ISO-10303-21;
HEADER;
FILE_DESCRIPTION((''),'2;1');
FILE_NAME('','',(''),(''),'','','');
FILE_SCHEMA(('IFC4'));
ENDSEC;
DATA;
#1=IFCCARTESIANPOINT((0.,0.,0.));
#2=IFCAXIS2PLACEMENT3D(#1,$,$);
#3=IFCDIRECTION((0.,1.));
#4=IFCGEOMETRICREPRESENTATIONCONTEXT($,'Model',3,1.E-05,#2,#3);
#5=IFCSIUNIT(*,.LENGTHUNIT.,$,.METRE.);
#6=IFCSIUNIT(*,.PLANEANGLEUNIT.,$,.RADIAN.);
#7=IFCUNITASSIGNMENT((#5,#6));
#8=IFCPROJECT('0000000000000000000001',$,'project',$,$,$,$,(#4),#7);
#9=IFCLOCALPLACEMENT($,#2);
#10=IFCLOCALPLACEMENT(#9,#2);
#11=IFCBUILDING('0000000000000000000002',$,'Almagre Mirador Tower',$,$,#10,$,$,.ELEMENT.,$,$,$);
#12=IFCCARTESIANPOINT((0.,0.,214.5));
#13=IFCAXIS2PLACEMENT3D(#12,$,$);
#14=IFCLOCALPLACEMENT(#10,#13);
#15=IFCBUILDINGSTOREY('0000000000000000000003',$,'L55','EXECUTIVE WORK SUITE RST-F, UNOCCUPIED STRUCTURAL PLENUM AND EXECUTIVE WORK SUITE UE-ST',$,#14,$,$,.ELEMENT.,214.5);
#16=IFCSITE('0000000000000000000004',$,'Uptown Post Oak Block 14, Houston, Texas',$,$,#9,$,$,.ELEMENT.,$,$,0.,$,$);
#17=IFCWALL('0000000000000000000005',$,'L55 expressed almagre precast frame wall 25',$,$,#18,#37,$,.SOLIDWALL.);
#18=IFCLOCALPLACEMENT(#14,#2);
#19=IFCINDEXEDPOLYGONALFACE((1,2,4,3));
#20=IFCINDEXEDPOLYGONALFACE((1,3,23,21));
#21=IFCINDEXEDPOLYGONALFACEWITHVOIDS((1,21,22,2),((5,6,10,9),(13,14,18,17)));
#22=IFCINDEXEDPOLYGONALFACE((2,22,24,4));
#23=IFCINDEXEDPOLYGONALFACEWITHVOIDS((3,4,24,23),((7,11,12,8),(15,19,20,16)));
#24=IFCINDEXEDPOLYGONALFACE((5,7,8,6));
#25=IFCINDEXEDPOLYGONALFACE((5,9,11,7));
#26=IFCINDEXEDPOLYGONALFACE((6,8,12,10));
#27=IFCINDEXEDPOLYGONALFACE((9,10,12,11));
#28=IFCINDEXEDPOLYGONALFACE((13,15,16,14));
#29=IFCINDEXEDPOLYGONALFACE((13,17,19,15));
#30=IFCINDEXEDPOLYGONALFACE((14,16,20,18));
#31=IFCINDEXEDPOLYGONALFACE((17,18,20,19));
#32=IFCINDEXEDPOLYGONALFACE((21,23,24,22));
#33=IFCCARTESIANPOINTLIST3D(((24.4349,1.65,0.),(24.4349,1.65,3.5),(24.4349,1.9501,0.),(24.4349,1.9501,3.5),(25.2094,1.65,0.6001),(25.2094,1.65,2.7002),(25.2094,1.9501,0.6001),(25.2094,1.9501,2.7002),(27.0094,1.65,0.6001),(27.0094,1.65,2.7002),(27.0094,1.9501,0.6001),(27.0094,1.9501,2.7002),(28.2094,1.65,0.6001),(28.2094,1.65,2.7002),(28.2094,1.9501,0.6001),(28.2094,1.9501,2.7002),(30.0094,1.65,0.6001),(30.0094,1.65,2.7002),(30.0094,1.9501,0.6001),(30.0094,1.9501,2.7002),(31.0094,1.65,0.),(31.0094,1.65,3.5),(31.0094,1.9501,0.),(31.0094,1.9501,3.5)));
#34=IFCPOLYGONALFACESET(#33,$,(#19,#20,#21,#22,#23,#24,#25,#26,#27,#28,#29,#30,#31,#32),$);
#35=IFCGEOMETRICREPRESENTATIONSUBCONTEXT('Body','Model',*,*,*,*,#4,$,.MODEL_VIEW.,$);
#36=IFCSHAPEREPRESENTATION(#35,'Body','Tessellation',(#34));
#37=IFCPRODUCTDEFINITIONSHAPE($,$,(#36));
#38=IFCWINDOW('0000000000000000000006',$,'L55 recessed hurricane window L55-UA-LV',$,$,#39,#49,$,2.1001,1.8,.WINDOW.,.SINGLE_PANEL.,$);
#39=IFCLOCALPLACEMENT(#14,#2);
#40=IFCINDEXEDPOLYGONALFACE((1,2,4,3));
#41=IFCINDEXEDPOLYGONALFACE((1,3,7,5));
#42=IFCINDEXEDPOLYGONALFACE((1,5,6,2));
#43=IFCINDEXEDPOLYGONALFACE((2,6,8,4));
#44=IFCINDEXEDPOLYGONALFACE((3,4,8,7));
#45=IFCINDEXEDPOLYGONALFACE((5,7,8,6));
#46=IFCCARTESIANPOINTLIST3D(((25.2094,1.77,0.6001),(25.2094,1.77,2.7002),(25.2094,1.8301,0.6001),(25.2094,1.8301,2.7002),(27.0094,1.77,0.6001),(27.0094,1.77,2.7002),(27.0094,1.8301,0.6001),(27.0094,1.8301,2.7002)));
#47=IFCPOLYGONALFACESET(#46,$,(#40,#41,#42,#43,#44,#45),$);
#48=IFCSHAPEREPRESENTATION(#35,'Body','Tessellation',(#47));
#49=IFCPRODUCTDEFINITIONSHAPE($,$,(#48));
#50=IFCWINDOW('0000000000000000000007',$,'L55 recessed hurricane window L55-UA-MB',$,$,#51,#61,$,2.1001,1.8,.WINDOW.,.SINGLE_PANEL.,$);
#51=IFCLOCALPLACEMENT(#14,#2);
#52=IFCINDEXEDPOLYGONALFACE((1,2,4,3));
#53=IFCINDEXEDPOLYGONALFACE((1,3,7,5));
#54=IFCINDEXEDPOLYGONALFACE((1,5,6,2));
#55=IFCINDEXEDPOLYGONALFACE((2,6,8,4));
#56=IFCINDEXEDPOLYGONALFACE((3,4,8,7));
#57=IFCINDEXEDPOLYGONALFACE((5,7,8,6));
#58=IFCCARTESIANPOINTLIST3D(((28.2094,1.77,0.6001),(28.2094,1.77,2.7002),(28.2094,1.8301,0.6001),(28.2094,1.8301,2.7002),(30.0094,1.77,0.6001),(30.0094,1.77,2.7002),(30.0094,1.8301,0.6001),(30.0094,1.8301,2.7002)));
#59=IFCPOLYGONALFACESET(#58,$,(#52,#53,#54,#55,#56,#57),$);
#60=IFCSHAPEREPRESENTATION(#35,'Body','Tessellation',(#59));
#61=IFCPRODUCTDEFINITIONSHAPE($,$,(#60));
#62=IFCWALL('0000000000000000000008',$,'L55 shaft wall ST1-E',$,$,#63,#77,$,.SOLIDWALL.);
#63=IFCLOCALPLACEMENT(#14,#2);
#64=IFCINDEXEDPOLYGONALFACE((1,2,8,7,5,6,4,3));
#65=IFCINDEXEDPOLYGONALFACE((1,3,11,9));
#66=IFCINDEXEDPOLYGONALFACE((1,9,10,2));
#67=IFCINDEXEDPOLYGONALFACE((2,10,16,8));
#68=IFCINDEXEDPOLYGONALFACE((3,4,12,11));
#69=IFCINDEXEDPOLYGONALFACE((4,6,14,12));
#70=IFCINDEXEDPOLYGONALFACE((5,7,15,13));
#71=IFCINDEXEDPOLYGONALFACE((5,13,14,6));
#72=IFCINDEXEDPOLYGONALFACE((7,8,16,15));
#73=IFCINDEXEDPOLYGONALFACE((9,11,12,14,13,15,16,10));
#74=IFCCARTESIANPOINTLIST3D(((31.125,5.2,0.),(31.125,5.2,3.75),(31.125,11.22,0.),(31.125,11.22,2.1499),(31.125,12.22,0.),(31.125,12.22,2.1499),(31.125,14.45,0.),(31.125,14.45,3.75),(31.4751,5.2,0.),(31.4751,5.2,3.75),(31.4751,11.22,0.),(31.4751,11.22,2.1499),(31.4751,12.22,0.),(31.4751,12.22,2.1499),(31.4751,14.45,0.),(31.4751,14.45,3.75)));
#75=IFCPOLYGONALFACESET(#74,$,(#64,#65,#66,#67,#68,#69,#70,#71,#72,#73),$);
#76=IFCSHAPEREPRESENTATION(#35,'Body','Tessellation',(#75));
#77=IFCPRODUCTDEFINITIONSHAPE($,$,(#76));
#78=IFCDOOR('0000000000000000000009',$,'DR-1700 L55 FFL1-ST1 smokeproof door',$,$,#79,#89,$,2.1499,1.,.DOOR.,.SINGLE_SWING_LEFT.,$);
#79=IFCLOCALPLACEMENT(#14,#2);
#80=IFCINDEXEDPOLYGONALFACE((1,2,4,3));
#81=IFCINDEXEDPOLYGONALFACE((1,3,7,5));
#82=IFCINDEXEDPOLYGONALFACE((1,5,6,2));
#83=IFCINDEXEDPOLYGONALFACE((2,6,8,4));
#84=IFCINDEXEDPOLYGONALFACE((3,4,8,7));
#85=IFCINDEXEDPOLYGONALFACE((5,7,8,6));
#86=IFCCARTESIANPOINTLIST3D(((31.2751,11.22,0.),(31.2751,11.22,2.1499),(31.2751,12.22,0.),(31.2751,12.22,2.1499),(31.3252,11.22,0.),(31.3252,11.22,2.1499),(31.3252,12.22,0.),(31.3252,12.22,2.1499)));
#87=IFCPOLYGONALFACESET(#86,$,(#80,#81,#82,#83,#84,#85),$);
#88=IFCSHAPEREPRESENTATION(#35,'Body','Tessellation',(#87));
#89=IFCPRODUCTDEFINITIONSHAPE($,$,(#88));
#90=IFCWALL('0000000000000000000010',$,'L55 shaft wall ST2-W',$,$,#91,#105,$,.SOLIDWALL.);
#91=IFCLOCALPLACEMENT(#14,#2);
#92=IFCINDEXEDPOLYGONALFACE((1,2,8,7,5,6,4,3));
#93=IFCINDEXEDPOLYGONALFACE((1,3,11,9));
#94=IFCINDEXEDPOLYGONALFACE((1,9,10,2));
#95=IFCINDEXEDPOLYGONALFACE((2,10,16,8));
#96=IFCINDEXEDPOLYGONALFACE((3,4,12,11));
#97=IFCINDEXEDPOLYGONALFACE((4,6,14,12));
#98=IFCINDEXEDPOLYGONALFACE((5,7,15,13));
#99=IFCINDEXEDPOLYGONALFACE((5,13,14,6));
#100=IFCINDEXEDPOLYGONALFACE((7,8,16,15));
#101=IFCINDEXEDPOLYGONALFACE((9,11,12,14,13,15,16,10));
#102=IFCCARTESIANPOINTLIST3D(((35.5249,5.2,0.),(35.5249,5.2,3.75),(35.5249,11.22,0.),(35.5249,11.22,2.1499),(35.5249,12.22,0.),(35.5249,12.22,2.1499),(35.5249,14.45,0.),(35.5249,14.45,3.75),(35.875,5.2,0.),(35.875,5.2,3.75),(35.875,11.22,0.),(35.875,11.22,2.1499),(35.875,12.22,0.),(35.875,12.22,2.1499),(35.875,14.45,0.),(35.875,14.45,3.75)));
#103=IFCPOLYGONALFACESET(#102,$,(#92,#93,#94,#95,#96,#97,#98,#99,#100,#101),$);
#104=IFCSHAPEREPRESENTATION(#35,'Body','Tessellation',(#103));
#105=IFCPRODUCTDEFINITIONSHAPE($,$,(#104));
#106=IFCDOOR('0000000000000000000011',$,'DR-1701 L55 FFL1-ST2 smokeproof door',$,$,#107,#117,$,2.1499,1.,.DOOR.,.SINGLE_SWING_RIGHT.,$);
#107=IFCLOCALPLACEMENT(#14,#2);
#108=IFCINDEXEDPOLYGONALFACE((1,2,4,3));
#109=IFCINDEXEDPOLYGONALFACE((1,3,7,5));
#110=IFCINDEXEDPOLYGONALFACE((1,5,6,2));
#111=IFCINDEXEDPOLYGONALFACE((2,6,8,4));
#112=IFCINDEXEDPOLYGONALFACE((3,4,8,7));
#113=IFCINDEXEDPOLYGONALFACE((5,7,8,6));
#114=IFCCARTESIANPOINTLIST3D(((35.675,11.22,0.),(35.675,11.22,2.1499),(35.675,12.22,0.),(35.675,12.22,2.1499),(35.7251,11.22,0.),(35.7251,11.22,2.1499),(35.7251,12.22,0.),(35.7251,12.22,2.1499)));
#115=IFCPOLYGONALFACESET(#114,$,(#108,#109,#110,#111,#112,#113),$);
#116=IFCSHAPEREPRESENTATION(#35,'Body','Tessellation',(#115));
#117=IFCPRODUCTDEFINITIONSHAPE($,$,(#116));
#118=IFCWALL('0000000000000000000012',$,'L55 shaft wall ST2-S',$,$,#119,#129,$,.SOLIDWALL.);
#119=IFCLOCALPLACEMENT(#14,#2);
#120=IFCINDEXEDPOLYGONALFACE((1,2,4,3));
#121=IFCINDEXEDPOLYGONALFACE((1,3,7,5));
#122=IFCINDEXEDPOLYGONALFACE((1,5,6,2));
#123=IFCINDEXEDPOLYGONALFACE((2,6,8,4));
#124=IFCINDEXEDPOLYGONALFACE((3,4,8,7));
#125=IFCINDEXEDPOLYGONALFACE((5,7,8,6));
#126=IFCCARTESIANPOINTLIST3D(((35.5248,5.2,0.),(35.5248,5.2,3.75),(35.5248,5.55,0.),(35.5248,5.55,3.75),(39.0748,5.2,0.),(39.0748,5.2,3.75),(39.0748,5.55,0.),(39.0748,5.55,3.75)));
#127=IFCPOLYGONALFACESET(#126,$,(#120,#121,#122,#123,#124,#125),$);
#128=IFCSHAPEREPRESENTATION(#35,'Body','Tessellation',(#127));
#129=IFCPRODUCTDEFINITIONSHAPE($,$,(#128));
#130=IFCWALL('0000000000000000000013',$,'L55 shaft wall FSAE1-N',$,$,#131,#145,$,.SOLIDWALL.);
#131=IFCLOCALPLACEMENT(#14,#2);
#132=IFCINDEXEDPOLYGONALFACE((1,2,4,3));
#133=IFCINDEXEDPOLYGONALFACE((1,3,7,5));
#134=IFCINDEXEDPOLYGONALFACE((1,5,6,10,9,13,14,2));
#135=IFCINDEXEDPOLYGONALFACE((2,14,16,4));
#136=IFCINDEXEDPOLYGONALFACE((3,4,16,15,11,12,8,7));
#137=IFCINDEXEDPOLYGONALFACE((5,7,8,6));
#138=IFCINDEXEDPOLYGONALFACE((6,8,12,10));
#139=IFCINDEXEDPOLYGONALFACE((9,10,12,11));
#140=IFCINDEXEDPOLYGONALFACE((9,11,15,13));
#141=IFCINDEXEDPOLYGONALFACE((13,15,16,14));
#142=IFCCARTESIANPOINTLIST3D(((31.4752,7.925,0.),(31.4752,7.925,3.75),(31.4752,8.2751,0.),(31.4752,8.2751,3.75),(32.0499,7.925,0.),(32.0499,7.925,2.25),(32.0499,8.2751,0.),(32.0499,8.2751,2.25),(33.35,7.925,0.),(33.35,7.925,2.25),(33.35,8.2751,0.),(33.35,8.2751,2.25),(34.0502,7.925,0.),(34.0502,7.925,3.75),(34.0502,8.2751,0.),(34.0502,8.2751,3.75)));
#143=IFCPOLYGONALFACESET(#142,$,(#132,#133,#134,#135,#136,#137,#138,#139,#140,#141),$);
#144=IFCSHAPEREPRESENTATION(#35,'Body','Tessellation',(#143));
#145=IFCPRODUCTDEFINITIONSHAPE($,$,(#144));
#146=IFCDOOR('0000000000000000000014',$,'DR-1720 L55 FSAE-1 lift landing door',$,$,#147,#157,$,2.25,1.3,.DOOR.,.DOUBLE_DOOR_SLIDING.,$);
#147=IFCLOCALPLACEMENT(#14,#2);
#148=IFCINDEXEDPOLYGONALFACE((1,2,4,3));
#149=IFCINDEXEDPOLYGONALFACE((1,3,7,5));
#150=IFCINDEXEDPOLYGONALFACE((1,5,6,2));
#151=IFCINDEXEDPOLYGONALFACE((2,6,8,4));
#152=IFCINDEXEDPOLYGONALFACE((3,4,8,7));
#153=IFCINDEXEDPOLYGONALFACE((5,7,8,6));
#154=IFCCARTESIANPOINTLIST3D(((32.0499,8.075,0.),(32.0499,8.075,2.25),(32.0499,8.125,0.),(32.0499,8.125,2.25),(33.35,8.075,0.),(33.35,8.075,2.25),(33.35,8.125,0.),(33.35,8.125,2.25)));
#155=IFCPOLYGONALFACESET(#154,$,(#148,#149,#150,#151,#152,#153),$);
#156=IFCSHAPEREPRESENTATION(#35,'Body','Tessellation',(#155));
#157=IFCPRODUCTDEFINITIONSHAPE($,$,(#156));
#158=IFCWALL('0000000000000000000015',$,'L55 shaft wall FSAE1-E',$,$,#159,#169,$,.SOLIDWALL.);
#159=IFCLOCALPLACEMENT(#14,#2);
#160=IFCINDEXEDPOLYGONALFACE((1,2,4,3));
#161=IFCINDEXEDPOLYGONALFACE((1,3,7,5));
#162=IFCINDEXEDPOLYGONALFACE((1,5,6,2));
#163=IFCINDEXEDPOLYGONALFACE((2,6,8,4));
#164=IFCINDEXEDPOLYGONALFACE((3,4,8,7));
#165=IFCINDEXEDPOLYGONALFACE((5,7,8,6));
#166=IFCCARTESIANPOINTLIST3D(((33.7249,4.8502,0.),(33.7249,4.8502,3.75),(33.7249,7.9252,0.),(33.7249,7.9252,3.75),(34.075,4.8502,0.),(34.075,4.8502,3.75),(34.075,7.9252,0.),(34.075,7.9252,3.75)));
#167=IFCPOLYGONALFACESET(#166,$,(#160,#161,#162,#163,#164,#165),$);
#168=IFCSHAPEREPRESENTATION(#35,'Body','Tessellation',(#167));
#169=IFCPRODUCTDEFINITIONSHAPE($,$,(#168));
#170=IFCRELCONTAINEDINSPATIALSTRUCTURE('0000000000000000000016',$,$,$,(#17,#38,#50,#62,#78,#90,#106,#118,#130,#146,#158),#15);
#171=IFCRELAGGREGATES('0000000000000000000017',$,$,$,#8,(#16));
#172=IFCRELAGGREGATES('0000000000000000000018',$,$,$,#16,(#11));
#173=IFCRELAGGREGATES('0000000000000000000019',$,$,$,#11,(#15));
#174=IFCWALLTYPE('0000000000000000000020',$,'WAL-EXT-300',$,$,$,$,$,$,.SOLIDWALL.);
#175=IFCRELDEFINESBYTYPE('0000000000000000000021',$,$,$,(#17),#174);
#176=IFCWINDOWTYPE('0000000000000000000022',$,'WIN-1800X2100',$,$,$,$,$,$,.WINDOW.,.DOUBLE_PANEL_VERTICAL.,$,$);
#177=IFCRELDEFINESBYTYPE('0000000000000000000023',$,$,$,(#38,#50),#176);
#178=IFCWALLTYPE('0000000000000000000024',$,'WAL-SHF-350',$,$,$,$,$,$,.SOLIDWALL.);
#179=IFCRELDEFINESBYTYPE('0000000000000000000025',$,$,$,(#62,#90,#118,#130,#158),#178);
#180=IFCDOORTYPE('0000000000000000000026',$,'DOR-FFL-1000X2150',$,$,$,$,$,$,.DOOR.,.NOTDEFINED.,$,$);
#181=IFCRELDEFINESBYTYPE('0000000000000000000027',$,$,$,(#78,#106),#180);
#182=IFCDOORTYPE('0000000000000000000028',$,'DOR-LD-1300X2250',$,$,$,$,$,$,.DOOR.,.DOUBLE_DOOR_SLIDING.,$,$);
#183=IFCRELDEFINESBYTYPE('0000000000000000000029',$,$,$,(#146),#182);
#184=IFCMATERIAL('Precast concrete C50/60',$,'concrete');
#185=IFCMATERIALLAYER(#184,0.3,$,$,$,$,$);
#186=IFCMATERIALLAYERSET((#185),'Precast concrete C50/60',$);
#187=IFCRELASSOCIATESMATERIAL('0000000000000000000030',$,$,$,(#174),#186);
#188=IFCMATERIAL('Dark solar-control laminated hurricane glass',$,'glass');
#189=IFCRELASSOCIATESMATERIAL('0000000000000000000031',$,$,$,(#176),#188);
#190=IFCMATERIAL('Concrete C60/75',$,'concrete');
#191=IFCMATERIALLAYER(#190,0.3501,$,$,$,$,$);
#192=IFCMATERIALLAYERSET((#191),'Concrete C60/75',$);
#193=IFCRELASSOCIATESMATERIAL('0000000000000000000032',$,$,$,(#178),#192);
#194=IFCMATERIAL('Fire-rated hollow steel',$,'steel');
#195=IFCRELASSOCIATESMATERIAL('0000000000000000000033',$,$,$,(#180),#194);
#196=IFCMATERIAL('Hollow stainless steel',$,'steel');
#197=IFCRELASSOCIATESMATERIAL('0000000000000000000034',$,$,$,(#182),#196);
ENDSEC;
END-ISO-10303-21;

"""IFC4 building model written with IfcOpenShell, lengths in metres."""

from ifc_helpers import new_model, si_unit, direction, frame, frame_2d, origin, place, context, subcontext, project, spatial, rectangle, extrude, material, layer, layer_set, type_object, element, fill, save


model = new_model("IFC4")

# Units and contexts
model_context = context("Model", 3, precision=1e-05, world=origin(), true_north=direction((0.0, 1.0)))
body_context = subcontext(model_context, "Body", "Model", "MODEL_VIEW")
ifc_project = project(units=[si_unit("LENGTHUNIT", "METRE"), si_unit("PLANEANGLEUNIT", "RADIAN")], contexts=[model_context])

# Site, building, storey
site_placement = place(None, origin())
site = spatial("IfcSite", under=ifc_project, at=site_placement, Name="Uptown Post Oak Block 14, Houston, Texas", CompositionType="ELEMENT", RefElevation=0.0)
building_placement = place(site_placement, origin())
building = spatial("IfcBuilding", under=site, at=building_placement, Name="Almagre Mirador Tower", CompositionType="ELEMENT")
storey_placement = place(building_placement, frame((0.0, 0.0, 214.5)))
storey = spatial("IfcBuildingStorey", under=building, at=storey_placement, Name="L55", Description="EXECUTIVE WORK SUITE RST-F, UNOCCUPIED STRUCTURAL PLENUM AND EXECUTIVE WORK SUITE UE-ST", CompositionType="ELEMENT", Elevation=214.5)

# Wall, openings, windows
ifc_material_1 = material(Name="Precast concrete C50/60", Category="concrete")
ifc_layer_1 = layer(ifc_material_1, 0.3)
ifc_layer_set_1 = layer_set([ifc_layer_1], Name="Precast concrete C50/60")
wall_type_1 = type_object("IfcWallType", Name="WAL-EXT-300", PredefinedType="SOLIDWALL", material=ifc_layer_set_1)
wall_1_placement = place(storey_placement, frame((31.0093, 1.8, 0.0), z_axis=(0.0, 0.0, 1.0), x_axis=(-1.0, 0.0, 0.0)))
wall_1 = element("IfcWall", 1, at=wall_1_placement, inside=storey, type_object=wall_type_1, Name="L55 expressed almagre precast frame wall 25", PredefinedType="SOLIDWALL", context=body_context, shape_type="SweptSolid", body=[
    extrude(rectangle(XDim=6.5745, YDim=0.3, at=frame_2d((3.2871, 0.0))), origin(), (0.0, 0.0, 1.0), 3.5),
])
opening_1_placement = place(wall_1_placement, frame((4.0, 0.0, 0.6001)))
opening_1 = element("IfcOpeningElement", 2, at=opening_1_placement, cuts=wall_1, PredefinedType="OPENING", context=body_context, shape_type="SweptSolid", body=[
    extrude(rectangle(XDim=1.8, YDim=2.1001, at=frame_2d((0.8999, 1.05))), frame((0.0, 0.1599, 0.0), z_axis=(0.0, -1.0, 0.0), x_axis=(1.0, 0.0, 0.0)), (0.0, 0.0, 1.0), 0.32),
])
opening_2_placement = place(wall_1_placement, frame((1.0, 0.0, 0.6001)))
opening_2 = element("IfcOpeningElement", 3, at=opening_2_placement, cuts=wall_1, PredefinedType="OPENING", context=body_context, shape_type="SweptSolid", body=[
    extrude(rectangle(XDim=1.8, YDim=2.1001, at=frame_2d((0.8999, 1.05))), frame((0.0, 0.1599, 0.0), z_axis=(0.0, -1.0, 0.0), x_axis=(1.0, 0.0, 0.0)), (0.0, 0.0, 1.0), 0.32),
])
ifc_material_2 = material(Name="Dark solar-control laminated hurricane glass", Category="glass")
window_type = type_object("IfcWindowType", Name="WIN-1800X2100", PartitioningType="DOUBLE_PANEL_VERTICAL", PredefinedType="WINDOW", material=ifc_material_2)
window_1_placement = place(opening_1_placement, origin())
window_1 = element("IfcWindow", 4, at=window_1_placement, inside=storey, type_object=window_type, Name="L55 recessed hurricane window L55-UA-LV", OverallHeight=2.1001, OverallWidth=1.8, PartitioningType="SINGLE_PANEL", PredefinedType="WINDOW", context=body_context, shape_type="SweptSolid", body=[
    extrude(rectangle(XDim=1.8, YDim=2.1001, at=frame_2d((0.8999, 1.05))), frame((0.0, 0.03, 0.0), z_axis=(0.0, -1.0, 0.0), x_axis=(1.0, 0.0, 0.0)), (0.0, 0.0, 1.0), 0.0601),
])
fill(opening_1, window_1)
window_2_placement = place(opening_2_placement, origin())
window_2 = element("IfcWindow", 5, at=window_2_placement, inside=storey, type_object=window_type, Name="L55 recessed hurricane window L55-UA-MB", OverallHeight=2.1001, OverallWidth=1.8, PartitioningType="SINGLE_PANEL", PredefinedType="WINDOW", context=body_context, shape_type="SweptSolid", body=[
    extrude(rectangle(XDim=1.8, YDim=2.1001, at=frame_2d((0.8999, 1.05))), frame((0.0, 0.03, 0.0), z_axis=(0.0, -1.0, 0.0), x_axis=(1.0, 0.0, 0.0)), (0.0, 0.0, 1.0), 0.0601),
])
fill(opening_2, window_2)

# Walls, openings, doors
ifc_material_3 = material(Name="Concrete C60/75", Category="concrete")
ifc_layer_2 = layer(ifc_material_3, 0.3501)
ifc_layer_set_2 = layer_set([ifc_layer_2], Name="Concrete C60/75")
wall_type_2 = type_object("IfcWallType", Name="WAL-SHF-350", PredefinedType="SOLIDWALL", material=ifc_layer_set_2)
wall_2_placement = place(storey_placement, frame((31.3, 5.2, 0.0), z_axis=(0.0, 0.0, 1.0), x_axis=(0.0, 1.0, 0.0)))
wall_2 = element("IfcWall", 6, at=wall_2_placement, inside=storey, type_object=wall_type_2, Name="L55 shaft wall ST1-E", PredefinedType="SOLIDWALL", context=body_context, shape_type="SweptSolid", body=[
    extrude(rectangle(XDim=9.25, YDim=0.3501, at=frame_2d((4.625, 0.0))), origin(), (0.0, 0.0, 1.0), 3.75),
])
opening_3_placement = place(wall_2_placement, frame((6.02, 0.0, 0.0)))
opening_3 = element("IfcOpeningElement", 7, at=opening_3_placement, cuts=wall_2, PredefinedType="OPENING", context=body_context, shape_type="SweptSolid", body=[
    extrude(rectangle(XDim=1.0, YDim=2.1499, at=frame_2d((0.5, 1.075))), frame((0.0, 0.185, 0.0), z_axis=(0.0, -1.0, 0.0), x_axis=(1.0, 0.0, 0.0)), (0.0, 0.0, 1.0), 0.3701),
])
ifc_material_4 = material(Name="Fire-rated hollow steel", Category="steel")
door_type_1 = type_object("IfcDoorType", Name="DOR-FFL-1000X2150", OperationType="NOTDEFINED", PredefinedType="DOOR", material=ifc_material_4)
door_1_placement = place(opening_3_placement, origin())
door_1 = element("IfcDoor", 8, at=door_1_placement, inside=storey, type_object=door_type_1, Name="DR-1700 L55 FFL1-ST1 smokeproof door", OperationType="SINGLE_SWING_LEFT", OverallHeight=2.1499, OverallWidth=1.0, PredefinedType="DOOR", context=body_context, shape_type="SweptSolid", body=[
    extrude(rectangle(XDim=1.0, YDim=2.1499, at=frame_2d((0.5, 1.075))), frame((0.0, 0.0249, 0.0), z_axis=(0.0, -1.0, 0.0), x_axis=(1.0, 0.0, 0.0)), (0.0, 0.0, 1.0), 0.05),
])
fill(opening_3, door_1)
wall_3_placement = place(storey_placement, frame((35.7, 5.2, 0.0), z_axis=(0.0, 0.0, 1.0), x_axis=(0.0, 1.0, 0.0)))
wall_3 = element("IfcWall", 9, at=wall_3_placement, inside=storey, type_object=wall_type_2, Name="L55 shaft wall ST2-W", PredefinedType="SOLIDWALL", context=body_context, shape_type="SweptSolid", body=[
    extrude(rectangle(XDim=9.25, YDim=0.3501, at=frame_2d((4.625, 0.0))), origin(), (0.0, 0.0, 1.0), 3.75),
])
opening_4_placement = place(wall_3_placement, frame((6.02, 0.0, 0.0)))
opening_4 = element("IfcOpeningElement", 10, at=opening_4_placement, cuts=wall_3, PredefinedType="OPENING", context=body_context, shape_type="SweptSolid", body=[
    extrude(rectangle(XDim=1.0, YDim=2.1499, at=frame_2d((0.5, 1.075))), frame((0.0, 0.185, 0.0), z_axis=(0.0, -1.0, 0.0), x_axis=(1.0, 0.0, 0.0)), (0.0, 0.0, 1.0), 0.3701),
])
door_2_placement = place(opening_4_placement, origin())
door_2 = element("IfcDoor", 11, at=door_2_placement, inside=storey, type_object=door_type_1, Name="DR-1701 L55 FFL1-ST2 smokeproof door", OperationType="SINGLE_SWING_RIGHT", OverallHeight=2.1499, OverallWidth=1.0, PredefinedType="DOOR", context=body_context, shape_type="SweptSolid", body=[
    extrude(rectangle(XDim=1.0, YDim=2.1499, at=frame_2d((0.5, 1.075))), frame((0.0, 0.0249, 0.0), z_axis=(0.0, -1.0, 0.0), x_axis=(1.0, 0.0, 0.0)), (0.0, 0.0, 1.0), 0.05),
])
fill(opening_4, door_2)

# Wall
wall_4_placement = place(storey_placement, frame((35.5249, 5.375, 0.0), z_axis=(0.0, 0.0, 1.0), x_axis=(1.0, 0.0, 0.0)))
element("IfcWall", 12, at=wall_4_placement, inside=storey, type_object=wall_type_2, Name="L55 shaft wall ST2-S", PredefinedType="SOLIDWALL", context=body_context, shape_type="SweptSolid", body=[
    extrude(rectangle(XDim=3.55, YDim=0.3501, at=frame_2d((1.7749, 0.0))), origin(), (0.0, 0.0, 1.0), 3.75),
])

# Wall, opening, door
wall_5_placement = place(storey_placement, frame((31.4751, 8.1001, 0.0), z_axis=(0.0, 0.0, 1.0), x_axis=(1.0, 0.0, 0.0)))
wall_5 = element("IfcWall", 13, at=wall_5_placement, inside=storey, type_object=wall_type_2, Name="L55 shaft wall FSAE1-N", PredefinedType="SOLIDWALL", context=body_context, shape_type="SweptSolid", body=[
    extrude(rectangle(XDim=2.575, YDim=0.3501, at=frame_2d((1.2876, 0.0))), origin(), (0.0, 0.0, 1.0), 3.75),
])
opening_5_placement = place(wall_5_placement, frame((0.575, 0.0, 0.0)))
opening_5 = element("IfcOpeningElement", 14, at=opening_5_placement, cuts=wall_5, PredefinedType="OPENING", context=body_context, shape_type="SweptSolid", body=[
    extrude(rectangle(XDim=1.3, YDim=2.25, at=frame_2d((0.6499, 1.125))), frame((0.0, 0.185, 0.0), z_axis=(0.0, -1.0, 0.0), x_axis=(1.0, 0.0, 0.0)), (0.0, 0.0, 1.0), 0.3701),
])
ifc_material_5 = material(Name="Hollow stainless steel", Category="steel")
door_type_2 = type_object("IfcDoorType", Name="DOR-LD-1300X2250", OperationType="DOUBLE_DOOR_SLIDING", PredefinedType="DOOR", material=ifc_material_5)
door_3_placement = place(opening_5_placement, origin())
door_3 = element("IfcDoor", 15, at=door_3_placement, inside=storey, type_object=door_type_2, Name="DR-1720 L55 FSAE-1 lift landing door", OperationType="DOUBLE_DOOR_SLIDING", OverallHeight=2.25, OverallWidth=1.3, PredefinedType="DOOR", context=body_context, shape_type="SweptSolid", body=[
    extrude(rectangle(XDim=1.3, YDim=2.25, at=frame_2d((0.6499, 1.125))), frame((0.0, 0.0249, 0.0), z_axis=(0.0, -1.0, 0.0), x_axis=(1.0, 0.0, 0.0)), (0.0, 0.0, 1.0), 0.05),
])
fill(opening_5, door_3)

# Wall
wall_6_placement = place(storey_placement, frame((33.8999, 4.8501, 0.0), z_axis=(0.0, 0.0, 1.0), x_axis=(0.0, 1.0, 0.0)))
element("IfcWall", 16, at=wall_6_placement, inside=storey, type_object=wall_type_2, Name="L55 shaft wall FSAE1-E", PredefinedType="SOLIDWALL", context=body_context, shape_type="SweptSolid", body=[
    extrude(rectangle(XDim=3.075, YDim=0.3501, at=frame_2d((1.5376, 0.0))), origin(), (0.0, 0.0, 1.0), 3.75),
])

save(model, "model.ifc")
